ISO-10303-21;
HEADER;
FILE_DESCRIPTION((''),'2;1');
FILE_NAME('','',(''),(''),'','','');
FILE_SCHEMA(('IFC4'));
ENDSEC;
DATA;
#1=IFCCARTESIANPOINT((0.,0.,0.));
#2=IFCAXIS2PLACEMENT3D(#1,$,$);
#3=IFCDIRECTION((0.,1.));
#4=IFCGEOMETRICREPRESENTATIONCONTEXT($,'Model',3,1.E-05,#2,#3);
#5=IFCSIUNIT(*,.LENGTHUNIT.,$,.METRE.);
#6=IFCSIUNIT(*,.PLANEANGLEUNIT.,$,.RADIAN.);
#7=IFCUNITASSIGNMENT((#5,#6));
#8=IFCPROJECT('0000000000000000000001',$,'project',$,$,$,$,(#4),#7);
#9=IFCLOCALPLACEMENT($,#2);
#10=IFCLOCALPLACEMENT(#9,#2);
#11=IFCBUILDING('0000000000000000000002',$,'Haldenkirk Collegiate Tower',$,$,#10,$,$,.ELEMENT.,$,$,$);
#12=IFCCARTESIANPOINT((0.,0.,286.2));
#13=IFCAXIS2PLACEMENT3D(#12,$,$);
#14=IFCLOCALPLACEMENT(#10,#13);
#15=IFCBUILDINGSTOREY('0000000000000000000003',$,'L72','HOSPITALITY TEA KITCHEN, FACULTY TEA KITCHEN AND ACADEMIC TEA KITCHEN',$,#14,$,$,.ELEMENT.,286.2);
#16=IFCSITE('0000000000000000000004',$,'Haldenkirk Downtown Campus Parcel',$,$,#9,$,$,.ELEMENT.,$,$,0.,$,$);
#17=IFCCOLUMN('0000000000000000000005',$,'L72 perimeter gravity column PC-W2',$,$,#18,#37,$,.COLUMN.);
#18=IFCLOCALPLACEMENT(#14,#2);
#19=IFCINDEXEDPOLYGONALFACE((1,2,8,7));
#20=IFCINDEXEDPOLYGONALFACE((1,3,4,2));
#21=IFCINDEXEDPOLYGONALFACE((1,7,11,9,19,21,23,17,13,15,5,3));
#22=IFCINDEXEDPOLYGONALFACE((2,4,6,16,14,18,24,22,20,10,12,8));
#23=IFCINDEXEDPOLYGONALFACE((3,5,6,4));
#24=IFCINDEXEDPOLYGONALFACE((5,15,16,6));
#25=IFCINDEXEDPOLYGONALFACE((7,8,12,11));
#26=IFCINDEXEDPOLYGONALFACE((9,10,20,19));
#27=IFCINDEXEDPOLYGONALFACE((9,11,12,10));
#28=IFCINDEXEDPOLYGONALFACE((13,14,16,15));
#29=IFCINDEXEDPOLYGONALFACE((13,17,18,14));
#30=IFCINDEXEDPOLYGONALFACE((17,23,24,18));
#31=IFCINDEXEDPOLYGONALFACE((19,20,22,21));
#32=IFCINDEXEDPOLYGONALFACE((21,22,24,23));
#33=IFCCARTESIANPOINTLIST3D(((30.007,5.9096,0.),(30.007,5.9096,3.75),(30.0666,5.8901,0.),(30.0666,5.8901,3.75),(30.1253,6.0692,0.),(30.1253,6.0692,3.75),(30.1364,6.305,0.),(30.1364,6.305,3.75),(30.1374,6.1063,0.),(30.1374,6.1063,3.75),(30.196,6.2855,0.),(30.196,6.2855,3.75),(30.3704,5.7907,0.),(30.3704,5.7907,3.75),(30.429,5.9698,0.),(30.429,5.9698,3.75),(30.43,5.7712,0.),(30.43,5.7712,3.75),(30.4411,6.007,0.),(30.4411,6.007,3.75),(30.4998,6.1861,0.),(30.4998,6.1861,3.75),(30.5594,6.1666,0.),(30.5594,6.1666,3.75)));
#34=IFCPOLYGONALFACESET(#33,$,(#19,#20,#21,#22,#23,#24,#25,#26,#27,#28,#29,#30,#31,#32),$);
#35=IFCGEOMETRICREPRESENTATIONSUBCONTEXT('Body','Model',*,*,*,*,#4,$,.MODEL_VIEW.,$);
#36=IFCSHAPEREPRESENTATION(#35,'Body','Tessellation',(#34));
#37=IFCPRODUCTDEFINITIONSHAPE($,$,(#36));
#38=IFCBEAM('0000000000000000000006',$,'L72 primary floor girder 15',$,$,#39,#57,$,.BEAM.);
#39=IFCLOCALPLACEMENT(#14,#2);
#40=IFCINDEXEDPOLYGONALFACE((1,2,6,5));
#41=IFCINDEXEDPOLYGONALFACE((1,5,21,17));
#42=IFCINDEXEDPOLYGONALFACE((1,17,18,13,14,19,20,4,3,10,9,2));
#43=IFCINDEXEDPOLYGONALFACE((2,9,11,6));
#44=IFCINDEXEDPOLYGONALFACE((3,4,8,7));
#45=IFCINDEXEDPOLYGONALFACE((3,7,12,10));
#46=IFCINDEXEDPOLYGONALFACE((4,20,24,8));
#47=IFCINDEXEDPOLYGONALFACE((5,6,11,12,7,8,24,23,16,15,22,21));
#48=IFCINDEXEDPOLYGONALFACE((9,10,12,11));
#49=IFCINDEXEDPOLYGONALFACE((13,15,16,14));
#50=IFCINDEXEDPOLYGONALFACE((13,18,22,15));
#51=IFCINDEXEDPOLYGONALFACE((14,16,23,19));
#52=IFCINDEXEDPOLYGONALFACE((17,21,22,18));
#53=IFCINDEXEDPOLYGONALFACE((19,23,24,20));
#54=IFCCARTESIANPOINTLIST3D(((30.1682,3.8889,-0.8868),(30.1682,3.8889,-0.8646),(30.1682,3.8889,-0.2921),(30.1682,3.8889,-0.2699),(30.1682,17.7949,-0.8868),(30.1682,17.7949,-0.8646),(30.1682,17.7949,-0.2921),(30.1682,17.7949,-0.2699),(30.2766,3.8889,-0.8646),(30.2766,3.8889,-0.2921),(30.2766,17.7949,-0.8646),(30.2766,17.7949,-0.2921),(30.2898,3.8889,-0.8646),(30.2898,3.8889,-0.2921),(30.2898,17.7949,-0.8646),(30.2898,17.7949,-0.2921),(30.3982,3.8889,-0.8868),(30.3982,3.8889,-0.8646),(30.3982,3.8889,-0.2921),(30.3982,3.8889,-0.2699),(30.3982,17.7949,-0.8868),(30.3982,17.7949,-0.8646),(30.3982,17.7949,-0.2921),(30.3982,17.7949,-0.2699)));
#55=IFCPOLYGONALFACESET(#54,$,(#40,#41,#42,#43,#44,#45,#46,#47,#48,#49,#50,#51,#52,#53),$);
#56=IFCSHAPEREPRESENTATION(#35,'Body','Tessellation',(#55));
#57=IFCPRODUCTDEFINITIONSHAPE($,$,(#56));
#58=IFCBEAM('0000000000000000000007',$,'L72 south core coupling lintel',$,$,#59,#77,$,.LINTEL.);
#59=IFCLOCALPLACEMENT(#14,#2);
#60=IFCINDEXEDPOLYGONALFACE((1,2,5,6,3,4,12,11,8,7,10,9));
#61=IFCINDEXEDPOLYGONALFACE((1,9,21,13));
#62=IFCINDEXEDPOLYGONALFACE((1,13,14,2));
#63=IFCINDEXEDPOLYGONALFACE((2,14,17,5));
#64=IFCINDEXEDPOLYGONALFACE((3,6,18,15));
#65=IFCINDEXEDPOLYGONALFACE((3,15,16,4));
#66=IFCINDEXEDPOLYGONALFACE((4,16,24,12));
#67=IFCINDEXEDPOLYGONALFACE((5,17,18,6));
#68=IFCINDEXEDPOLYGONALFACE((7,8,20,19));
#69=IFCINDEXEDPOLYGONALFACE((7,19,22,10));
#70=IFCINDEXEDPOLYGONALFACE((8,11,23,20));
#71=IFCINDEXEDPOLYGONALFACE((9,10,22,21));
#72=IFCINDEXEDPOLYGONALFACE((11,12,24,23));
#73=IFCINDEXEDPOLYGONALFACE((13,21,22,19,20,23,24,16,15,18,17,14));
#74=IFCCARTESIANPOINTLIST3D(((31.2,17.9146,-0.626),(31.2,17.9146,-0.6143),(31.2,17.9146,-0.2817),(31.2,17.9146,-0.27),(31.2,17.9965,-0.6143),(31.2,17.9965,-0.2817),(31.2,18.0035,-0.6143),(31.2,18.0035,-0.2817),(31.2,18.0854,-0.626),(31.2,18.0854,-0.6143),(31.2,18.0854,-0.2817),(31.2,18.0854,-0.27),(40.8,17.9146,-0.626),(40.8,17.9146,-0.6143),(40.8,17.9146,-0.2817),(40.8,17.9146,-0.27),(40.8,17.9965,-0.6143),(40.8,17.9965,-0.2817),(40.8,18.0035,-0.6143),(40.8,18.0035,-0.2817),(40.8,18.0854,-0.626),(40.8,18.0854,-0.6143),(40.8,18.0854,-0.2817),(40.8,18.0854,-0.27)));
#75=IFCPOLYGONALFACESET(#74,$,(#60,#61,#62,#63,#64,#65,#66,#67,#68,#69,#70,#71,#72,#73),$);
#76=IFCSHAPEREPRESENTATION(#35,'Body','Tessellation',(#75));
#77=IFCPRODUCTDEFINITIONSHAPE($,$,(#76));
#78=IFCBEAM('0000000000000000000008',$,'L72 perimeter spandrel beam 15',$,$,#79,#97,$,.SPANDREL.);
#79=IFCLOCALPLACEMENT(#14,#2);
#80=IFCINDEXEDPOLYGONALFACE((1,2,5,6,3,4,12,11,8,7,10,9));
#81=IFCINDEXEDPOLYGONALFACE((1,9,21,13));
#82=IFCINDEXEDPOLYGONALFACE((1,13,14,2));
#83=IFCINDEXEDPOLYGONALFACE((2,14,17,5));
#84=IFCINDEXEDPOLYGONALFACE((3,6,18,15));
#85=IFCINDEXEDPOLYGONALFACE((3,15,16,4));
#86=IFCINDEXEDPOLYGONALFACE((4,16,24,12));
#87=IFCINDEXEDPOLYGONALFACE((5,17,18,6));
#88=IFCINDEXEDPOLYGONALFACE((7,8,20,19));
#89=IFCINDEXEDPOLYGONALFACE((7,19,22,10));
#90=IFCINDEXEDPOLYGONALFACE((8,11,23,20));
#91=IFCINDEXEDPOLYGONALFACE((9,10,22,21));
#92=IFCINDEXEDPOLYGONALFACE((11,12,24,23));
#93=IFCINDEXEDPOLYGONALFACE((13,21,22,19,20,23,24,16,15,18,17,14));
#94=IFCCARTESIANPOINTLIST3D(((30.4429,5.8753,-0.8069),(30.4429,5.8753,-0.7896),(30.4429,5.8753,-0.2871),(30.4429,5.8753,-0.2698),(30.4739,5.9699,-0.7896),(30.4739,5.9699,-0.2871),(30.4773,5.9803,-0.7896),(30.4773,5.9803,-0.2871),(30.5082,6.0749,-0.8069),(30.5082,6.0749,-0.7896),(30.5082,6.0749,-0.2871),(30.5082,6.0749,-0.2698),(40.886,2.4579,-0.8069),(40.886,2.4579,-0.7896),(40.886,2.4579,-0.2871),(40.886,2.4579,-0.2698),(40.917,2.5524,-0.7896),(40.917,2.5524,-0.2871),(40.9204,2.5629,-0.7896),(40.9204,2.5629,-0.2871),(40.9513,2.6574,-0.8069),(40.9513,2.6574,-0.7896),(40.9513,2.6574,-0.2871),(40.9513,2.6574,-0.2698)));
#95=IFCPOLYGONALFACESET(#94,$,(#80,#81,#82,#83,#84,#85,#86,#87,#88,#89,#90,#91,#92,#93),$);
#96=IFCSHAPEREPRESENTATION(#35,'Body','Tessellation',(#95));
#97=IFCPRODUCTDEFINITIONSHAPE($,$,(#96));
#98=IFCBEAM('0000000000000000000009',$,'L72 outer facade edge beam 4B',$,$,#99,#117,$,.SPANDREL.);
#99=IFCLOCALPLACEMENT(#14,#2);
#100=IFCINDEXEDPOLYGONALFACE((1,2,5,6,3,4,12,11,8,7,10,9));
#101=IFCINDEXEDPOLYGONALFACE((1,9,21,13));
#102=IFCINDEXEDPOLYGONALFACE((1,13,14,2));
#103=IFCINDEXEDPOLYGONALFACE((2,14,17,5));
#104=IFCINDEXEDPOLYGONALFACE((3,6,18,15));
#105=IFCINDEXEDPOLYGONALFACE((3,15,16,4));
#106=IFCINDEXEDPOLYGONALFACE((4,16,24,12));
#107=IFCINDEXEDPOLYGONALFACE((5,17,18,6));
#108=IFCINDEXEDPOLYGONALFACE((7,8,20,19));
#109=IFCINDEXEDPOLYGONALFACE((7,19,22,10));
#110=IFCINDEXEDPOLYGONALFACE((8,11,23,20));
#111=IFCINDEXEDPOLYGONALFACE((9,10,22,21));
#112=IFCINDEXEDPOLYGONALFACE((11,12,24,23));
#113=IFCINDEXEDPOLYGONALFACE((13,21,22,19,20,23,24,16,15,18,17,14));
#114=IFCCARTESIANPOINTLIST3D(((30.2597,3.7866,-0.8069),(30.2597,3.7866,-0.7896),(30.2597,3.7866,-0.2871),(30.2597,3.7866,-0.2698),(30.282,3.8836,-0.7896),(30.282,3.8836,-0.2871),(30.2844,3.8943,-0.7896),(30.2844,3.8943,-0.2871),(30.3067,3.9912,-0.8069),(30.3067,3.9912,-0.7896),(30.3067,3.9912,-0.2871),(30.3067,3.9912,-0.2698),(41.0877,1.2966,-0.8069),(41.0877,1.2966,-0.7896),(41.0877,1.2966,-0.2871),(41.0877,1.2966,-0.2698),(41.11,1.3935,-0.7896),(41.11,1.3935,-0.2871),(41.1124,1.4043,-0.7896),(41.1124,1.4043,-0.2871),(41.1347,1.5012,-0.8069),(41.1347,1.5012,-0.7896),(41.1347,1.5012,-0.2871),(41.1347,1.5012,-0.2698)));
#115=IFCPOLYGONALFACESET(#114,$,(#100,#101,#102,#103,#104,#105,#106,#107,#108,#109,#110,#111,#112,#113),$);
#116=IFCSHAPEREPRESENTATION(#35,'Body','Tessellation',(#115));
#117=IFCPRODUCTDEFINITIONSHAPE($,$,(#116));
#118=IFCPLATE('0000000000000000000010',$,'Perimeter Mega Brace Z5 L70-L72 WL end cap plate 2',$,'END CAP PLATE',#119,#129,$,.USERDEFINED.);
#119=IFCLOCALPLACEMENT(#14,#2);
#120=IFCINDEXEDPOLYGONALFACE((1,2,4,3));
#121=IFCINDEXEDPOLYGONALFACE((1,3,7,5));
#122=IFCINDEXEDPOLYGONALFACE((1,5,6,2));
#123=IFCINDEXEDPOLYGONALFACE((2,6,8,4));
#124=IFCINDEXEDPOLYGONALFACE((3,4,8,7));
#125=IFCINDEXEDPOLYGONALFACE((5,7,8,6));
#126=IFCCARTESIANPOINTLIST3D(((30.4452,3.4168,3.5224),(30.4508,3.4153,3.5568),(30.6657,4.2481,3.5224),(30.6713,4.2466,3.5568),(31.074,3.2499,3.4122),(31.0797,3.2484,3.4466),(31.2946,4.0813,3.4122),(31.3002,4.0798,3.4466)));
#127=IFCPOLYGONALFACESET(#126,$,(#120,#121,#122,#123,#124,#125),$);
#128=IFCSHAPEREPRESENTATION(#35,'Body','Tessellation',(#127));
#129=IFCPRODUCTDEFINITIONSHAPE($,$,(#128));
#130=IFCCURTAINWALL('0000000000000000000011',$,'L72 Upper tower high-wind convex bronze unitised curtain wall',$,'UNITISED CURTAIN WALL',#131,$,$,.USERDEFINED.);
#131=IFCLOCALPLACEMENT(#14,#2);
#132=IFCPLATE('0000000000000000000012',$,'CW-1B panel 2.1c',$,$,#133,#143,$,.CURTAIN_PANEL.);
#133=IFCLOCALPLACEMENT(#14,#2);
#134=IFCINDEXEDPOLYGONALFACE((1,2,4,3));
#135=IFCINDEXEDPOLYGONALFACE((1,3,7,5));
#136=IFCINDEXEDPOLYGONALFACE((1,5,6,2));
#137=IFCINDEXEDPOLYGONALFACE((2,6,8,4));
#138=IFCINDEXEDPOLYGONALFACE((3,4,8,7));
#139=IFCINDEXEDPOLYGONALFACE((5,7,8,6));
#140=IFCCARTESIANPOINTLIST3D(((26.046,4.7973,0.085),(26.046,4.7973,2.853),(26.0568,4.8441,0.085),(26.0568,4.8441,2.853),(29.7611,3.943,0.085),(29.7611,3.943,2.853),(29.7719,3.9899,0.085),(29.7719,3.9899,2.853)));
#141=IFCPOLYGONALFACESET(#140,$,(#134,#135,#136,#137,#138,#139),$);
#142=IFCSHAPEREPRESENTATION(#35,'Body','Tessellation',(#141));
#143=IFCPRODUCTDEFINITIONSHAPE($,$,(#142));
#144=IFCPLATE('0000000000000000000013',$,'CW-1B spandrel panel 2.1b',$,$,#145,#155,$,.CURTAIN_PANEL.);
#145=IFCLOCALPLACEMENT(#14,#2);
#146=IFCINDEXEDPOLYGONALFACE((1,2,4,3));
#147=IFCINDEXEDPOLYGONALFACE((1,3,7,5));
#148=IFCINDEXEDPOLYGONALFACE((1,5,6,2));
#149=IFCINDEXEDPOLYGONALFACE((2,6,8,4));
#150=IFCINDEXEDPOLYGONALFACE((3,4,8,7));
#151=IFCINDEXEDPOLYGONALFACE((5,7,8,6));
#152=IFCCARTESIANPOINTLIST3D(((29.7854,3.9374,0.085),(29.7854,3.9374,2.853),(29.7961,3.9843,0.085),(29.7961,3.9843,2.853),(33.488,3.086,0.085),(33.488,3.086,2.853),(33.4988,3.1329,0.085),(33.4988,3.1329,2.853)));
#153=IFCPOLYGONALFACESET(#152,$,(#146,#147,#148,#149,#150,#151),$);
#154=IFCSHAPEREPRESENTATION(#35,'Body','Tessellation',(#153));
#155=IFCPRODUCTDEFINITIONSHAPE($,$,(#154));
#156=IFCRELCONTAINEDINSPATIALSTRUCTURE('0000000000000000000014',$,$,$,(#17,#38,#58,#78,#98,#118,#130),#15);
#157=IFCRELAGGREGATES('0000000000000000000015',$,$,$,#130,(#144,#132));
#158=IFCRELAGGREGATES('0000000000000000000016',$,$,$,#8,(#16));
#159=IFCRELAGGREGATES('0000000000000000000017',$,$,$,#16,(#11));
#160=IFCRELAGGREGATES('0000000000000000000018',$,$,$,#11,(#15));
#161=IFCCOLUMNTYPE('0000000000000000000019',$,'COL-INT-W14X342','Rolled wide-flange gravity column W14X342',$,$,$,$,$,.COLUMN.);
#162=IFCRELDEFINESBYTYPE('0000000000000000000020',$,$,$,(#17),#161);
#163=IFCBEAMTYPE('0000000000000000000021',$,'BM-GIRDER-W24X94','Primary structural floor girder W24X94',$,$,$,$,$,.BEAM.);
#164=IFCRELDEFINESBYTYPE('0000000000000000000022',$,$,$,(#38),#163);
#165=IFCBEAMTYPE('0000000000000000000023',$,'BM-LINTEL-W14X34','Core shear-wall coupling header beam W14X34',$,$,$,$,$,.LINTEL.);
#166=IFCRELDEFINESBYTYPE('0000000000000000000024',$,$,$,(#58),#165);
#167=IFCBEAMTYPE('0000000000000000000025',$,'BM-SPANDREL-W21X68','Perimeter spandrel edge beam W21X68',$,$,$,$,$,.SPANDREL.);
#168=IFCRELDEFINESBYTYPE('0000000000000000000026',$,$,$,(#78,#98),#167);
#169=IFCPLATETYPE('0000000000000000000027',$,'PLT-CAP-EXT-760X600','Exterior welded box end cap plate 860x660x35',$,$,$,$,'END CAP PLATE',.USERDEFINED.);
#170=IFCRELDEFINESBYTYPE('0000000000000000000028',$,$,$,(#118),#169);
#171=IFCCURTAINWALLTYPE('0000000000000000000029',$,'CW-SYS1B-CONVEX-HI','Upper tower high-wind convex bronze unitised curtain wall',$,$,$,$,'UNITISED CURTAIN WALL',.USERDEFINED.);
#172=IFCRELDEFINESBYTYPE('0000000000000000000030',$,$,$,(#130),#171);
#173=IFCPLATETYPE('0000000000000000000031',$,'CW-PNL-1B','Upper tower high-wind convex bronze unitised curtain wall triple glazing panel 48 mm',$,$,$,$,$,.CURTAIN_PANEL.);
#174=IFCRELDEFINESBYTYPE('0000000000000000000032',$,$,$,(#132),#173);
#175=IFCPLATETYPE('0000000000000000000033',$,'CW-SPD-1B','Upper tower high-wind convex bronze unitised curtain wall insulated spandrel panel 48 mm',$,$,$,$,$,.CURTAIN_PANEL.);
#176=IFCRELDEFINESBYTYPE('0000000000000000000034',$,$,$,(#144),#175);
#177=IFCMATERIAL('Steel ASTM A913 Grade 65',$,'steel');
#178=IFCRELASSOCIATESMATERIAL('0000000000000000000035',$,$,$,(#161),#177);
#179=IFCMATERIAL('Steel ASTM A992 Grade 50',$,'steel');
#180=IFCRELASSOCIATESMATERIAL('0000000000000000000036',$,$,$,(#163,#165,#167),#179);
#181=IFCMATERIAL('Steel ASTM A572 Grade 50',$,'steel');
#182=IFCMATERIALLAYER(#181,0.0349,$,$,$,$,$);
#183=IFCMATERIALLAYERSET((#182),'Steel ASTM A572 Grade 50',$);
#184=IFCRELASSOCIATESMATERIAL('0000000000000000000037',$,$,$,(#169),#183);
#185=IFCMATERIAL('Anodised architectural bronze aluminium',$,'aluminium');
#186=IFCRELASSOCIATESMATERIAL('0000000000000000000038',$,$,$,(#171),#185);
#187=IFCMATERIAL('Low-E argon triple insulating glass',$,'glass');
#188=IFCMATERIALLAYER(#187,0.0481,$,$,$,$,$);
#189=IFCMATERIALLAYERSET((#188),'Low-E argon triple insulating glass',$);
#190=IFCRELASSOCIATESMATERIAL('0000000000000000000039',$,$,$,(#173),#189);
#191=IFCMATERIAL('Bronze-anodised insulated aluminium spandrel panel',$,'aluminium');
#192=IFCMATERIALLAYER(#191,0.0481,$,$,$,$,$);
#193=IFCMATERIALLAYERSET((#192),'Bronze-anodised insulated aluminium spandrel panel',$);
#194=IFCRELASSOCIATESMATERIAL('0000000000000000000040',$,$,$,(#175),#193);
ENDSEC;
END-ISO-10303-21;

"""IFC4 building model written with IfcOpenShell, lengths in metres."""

from ifc_helpers import new_model, si_unit, direction, frame, origin, origin_2d, place, context, subcontext, project, spatial, rectangle, i_section, extrude, source, transform, mapped, material, layer, layer_set, material_profile, profile_set, type_object, element, aggregate, save


model = new_model("IFC4")

# Units and contexts
model_context = context("Model", 3, precision=1e-05, world=origin(), true_north=direction((0.0, 1.0)))
body_context = subcontext(model_context, "Body", "Model", "MODEL_VIEW")
ifc_project = project(units=[si_unit("LENGTHUNIT", "METRE"), si_unit("PLANEANGLEUNIT", "RADIAN")], contexts=[model_context])

# Site, building, storey
site_placement = place(None, origin())
site = spatial("IfcSite", under=ifc_project, at=site_placement, Name="Haldenkirk Downtown Campus Parcel", CompositionType="ELEMENT", RefElevation=0.0)
building_placement = place(site_placement, origin())
building = spatial("IfcBuilding", under=site, at=building_placement, Name="Haldenkirk Collegiate Tower", CompositionType="ELEMENT")
storey_placement = place(building_placement, frame((0.0, 0.0, 286.2)))
storey = spatial("IfcBuildingStorey", under=building, at=storey_placement, Name="L72", Description="HOSPITALITY TEA KITCHEN, FACULTY TEA KITCHEN AND ACADEMIC TEA KITCHEN", CompositionType="ELEMENT", Elevation=286.2)

# Column
ifc_material_1 = material(Name="Steel ASTM A913 Grade 65", Category="steel")
ifc_material_profile_1 = material_profile(ifc_material_1, i_section(OverallWidth=0.416, OverallDepth=0.4451, WebThickness=0.0391, FlangeThickness=0.0627, at=origin_2d()), Name="W14X342")
ifc_profile_set_1 = profile_set([ifc_material_profile_1], Name="Steel ASTM A913 Grade 65")
column_type = type_object("IfcColumnType", Name="COL-INT-W14X342", Description="Rolled wide-flange gravity column W14X342", PredefinedType="COLUMN", material=ifc_profile_set_1)
column_placement = place(storey_placement, frame((30.2832, 6.0381, 0.0), z_axis=(0.0, 0.0, 1.0), x_axis=(0.311008, 0.950407, 0.0)))
element("IfcColumn", 1, at=column_placement, inside=storey, type_object=column_type, Name="L72 perimeter gravity column PC-W2", PredefinedType="COLUMN", context=body_context, shape_type="SweptSolid", body=[
    extrude(i_section(OverallWidth=0.416, OverallDepth=0.4451, WebThickness=0.0391, FlangeThickness=0.0627, at=origin_2d()), origin(), (0.0, 0.0, 1.0), 3.75),
])

# Beams
ifc_material_2 = material(Name="Steel ASTM A992 Grade 50", Category="steel")
ifc_material_profile_2 = material_profile(ifc_material_2, i_section(OverallWidth=0.23, OverallDepth=0.6169, WebThickness=0.0132, FlangeThickness=0.0222, at=origin_2d()), Name="W24X94")
ifc_profile_set_2 = profile_set([ifc_material_profile_2], Name="Steel ASTM A992 Grade 50")
beam_type_1 = type_object("IfcBeamType", Name="BM-GIRDER-W24X94", Description="Primary structural floor girder W24X94", PredefinedType="BEAM", material=ifc_profile_set_2)
beam_1_placement = place(storey_placement, frame((30.2832, 3.8889, -0.5784), z_axis=(0.0, 1.0, 0.0), x_axis=(-1.0, 0.0, 0.0)))
element("IfcBeam", 2, at=beam_1_placement, inside=storey, type_object=beam_type_1, Name="L72 primary floor girder 15", PredefinedType="BEAM", context=body_context, shape_type="SweptSolid", body=[
    extrude(i_section(OverallWidth=0.23, OverallDepth=0.6169, WebThickness=0.0132, FlangeThickness=0.0222, at=origin_2d()), origin(), (0.0, 0.0, 1.0), 13.906),
])
ifc_material_profile_3 = material_profile(ifc_material_2, i_section(OverallWidth=0.1709, OverallDepth=0.356, WebThickness=0.0071, FlangeThickness=0.0117, at=origin_2d()), Name="W14X34")
ifc_profile_set_3 = profile_set([ifc_material_profile_3], Name="Steel ASTM A992 Grade 50")
beam_type_2 = type_object("IfcBeamType", Name="BM-LINTEL-W14X34", Description="Core shear-wall coupling header beam W14X34", PredefinedType="LINTEL", material=ifc_profile_set_3)
beam_2_placement = place(storey_placement, frame((31.2, 18.0, -0.448), z_axis=(1.0, 0.0, 0.0), x_axis=(0.0, 1.0, 0.0)))
element("IfcBeam", 3, at=beam_2_placement, inside=storey, type_object=beam_type_2, Name="L72 south core coupling lintel", PredefinedType="LINTEL", context=body_context, shape_type="SweptSolid", body=[
    extrude(i_section(OverallWidth=0.1709, OverallDepth=0.356, WebThickness=0.0071, FlangeThickness=0.0117, at=origin_2d()), origin(), (0.0, 0.0, 1.0), 9.6001),
])
ifc_material_profile_4 = material_profile(ifc_material_2, i_section(OverallWidth=0.21, OverallDepth=0.5371, WebThickness=0.011, FlangeThickness=0.0173, at=origin_2d()), Name="W21X68")
ifc_profile_set_4 = profile_set([ifc_material_profile_4], Name="Steel ASTM A992 Grade 50")
beam_type_3 = type_object("IfcBeamType", Name="BM-SPANDREL-W21X68", Description="Perimeter spandrel edge beam W21X68", PredefinedType="SPANDREL", material=ifc_profile_set_4)
beam_3_placement = place(storey_placement, frame((30.4756, 5.9751, -0.5383), z_axis=(0.950404, -0.311017, 0.0), x_axis=(0.311017, 0.950404, 0.0)))
element("IfcBeam", 4, at=beam_3_placement, inside=storey, type_object=beam_type_3, Name="L72 perimeter spandrel beam 15", PredefinedType="SPANDREL", context=body_context, shape_type="SweptSolid", body=[
    extrude(i_section(OverallWidth=0.21, OverallDepth=0.5371, WebThickness=0.011, FlangeThickness=0.0173, at=origin_2d()), origin(), (0.0, 0.0, 1.0), 10.988),
])
beam_4_placement = place(storey_placement, frame((30.2832, 3.8889, -0.5383), z_axis=(0.974563, -0.224112, 0.0), x_axis=(0.224112, 0.974563, 0.0)))
element("IfcBeam", 5, at=beam_4_placement, inside=storey, type_object=beam_type_3, Name="L72 outer facade edge beam 4B", PredefinedType="SPANDREL", context=body_context, shape_type="SweptSolid", body=[
    extrude(i_section(OverallWidth=0.21, OverallDepth=0.5371, WebThickness=0.011, FlangeThickness=0.0173, at=origin_2d()), origin(), (0.0, 0.0, 1.0), 11.1106),
])

# Plate
ifc_material_3 = material(Name="Steel ASTM A572 Grade 50", Category="steel")
ifc_layer_1 = layer(ifc_material_3, 0.0349)
ifc_layer_set_1 = layer_set([ifc_layer_1], Name="Steel ASTM A572 Grade 50")
plate_type_1 = type_object("IfcPlateType", Name="PLT-CAP-EXT-760X600", Description="Exterior welded box end cap plate 860x660x35", ElementType="END CAP PLATE", PredefinedType="USERDEFINED", material=ifc_layer_set_1)
shared_shape_1 = source(origin(), body_context, "Body", "SweptSolid", [
    extrude(rectangle(XDim=0.8601, YDim=0.6599, at=origin_2d()), origin(), (0.0, 0.0, 1.0), 0.0349),
])
plate_1_placement = place(storey_placement, frame((30.8699, 3.749, 3.4673), z_axis=(0.161485, -0.042838, 0.985945), x_axis=(0.256409, 0.966568, 0.0)))
element("IfcPlate", 6, at=plate_1_placement, inside=storey, type_object=plate_type_1, Name="Perimeter Mega Brace Z5 L70-L72 WL end cap plate 2", ObjectType="END CAP PLATE", PredefinedType="USERDEFINED", context=body_context, shape_type="MappedRepresentation", body=[
    mapped(shared_shape_1, transform((0.0, 0.0, 0.0), x_axis=(1.0, 0.0, 0.0), y_axis=(0.0, 1.0, 0.0), z_axis=(0.0, 0.0, 1.0), scale=1.0)),
])

# Curtain wall, plates
ifc_material_4 = material(Name="Anodised architectural bronze aluminium", Category="aluminium")
curtain_wall_type = type_object("IfcCurtainWallType", Name="CW-SYS1B-CONVEX-HI", Description="Upper tower high-wind convex bronze unitised curtain wall", ElementType="UNITISED CURTAIN WALL", PredefinedType="USERDEFINED", material=ifc_material_4)
curtain_wall_placement = place(storey_placement, origin())
curtain_wall = element("IfcCurtainWall", 7, at=curtain_wall_placement, inside=storey, type_object=curtain_wall_type, Name="L72 Upper tower high-wind convex bronze unitised curtain wall", ObjectType="UNITISED CURTAIN WALL", PredefinedType="USERDEFINED")
ifc_material_5 = material(Name="Low-E argon triple insulating glass", Category="glass")
ifc_layer_2 = layer(ifc_material_5, 0.0481)
ifc_layer_set_2 = layer_set([ifc_layer_2], Name="Low-E argon triple insulating glass")
plate_type_2 = type_object("IfcPlateType", Name="CW-PNL-1B", Description="Upper tower high-wind convex bronze unitised curtain wall triple glazing panel 48 mm", PredefinedType="CURTAIN_PANEL", material=ifc_layer_set_2)
shared_shape_2 = source(origin(), body_context, "Body", "SweptSolid", [
    extrude(rectangle(XDim=3.812, YDim=0.0481, at=origin_2d()), origin(), (0.0, 0.0, 1.0), 2.7681),
])
plate_2_placement = place(storey_placement, frame((27.9089, 4.3936, 0.085), z_axis=(0.0, 0.0, 1.0), x_axis=(-0.974566, 0.224101, 0.0)))
plate_2 = element("IfcPlate", 8, at=plate_2_placement, type_object=plate_type_2, Name="CW-1B panel 2.1c", PredefinedType="CURTAIN_PANEL", context=body_context, shape_type="MappedRepresentation", body=[
    mapped(shared_shape_2, transform((0.0, 0.0, 0.0), x_axis=(1.0, 0.0, 0.0), y_axis=(0.0, 1.0, 0.0), z_axis=(0.0, 0.0, 1.0), scale=1.0)),
])
ifc_material_6 = material(Name="Bronze-anodised insulated aluminium spandrel panel", Category="aluminium")
ifc_layer_3 = layer(ifc_material_6, 0.0481)
ifc_layer_set_3 = layer_set([ifc_layer_3], Name="Bronze-anodised insulated aluminium spandrel panel")
plate_type_3 = type_object("IfcPlateType", Name="CW-SPD-1B", Description="Upper tower high-wind convex bronze unitised curtain wall insulated spandrel panel 48 mm", PredefinedType="CURTAIN_PANEL", material=ifc_layer_set_3)
shared_shape_3 = source(origin(), body_context, "Body", "SweptSolid", [
    extrude(rectangle(XDim=3.7993, YDim=0.0481, at=origin_2d()), origin(), (0.0, 0.0, 1.0), 2.7681),
])
plate_3_placement = place(storey_placement, frame((31.6421, 3.5352, 0.085), z_axis=(0.0, 0.0, 1.0), x_axis=(-0.974566, 0.224101, 0.0)))
plate_3 = element("IfcPlate", 9, at=plate_3_placement, type_object=plate_type_3, Name="CW-1B spandrel panel 2.1b", PredefinedType="CURTAIN_PANEL", context=body_context, shape_type="MappedRepresentation", body=[
    mapped(shared_shape_3, transform((0.0, 0.0, 0.0), x_axis=(1.0, 0.0, 0.0), y_axis=(0.0, 1.0, 0.0), z_axis=(0.0, 0.0, 1.0), scale=1.0)),
])
aggregate(curtain_wall, [plate_3, plate_2])

save(model, "model.ifc")
